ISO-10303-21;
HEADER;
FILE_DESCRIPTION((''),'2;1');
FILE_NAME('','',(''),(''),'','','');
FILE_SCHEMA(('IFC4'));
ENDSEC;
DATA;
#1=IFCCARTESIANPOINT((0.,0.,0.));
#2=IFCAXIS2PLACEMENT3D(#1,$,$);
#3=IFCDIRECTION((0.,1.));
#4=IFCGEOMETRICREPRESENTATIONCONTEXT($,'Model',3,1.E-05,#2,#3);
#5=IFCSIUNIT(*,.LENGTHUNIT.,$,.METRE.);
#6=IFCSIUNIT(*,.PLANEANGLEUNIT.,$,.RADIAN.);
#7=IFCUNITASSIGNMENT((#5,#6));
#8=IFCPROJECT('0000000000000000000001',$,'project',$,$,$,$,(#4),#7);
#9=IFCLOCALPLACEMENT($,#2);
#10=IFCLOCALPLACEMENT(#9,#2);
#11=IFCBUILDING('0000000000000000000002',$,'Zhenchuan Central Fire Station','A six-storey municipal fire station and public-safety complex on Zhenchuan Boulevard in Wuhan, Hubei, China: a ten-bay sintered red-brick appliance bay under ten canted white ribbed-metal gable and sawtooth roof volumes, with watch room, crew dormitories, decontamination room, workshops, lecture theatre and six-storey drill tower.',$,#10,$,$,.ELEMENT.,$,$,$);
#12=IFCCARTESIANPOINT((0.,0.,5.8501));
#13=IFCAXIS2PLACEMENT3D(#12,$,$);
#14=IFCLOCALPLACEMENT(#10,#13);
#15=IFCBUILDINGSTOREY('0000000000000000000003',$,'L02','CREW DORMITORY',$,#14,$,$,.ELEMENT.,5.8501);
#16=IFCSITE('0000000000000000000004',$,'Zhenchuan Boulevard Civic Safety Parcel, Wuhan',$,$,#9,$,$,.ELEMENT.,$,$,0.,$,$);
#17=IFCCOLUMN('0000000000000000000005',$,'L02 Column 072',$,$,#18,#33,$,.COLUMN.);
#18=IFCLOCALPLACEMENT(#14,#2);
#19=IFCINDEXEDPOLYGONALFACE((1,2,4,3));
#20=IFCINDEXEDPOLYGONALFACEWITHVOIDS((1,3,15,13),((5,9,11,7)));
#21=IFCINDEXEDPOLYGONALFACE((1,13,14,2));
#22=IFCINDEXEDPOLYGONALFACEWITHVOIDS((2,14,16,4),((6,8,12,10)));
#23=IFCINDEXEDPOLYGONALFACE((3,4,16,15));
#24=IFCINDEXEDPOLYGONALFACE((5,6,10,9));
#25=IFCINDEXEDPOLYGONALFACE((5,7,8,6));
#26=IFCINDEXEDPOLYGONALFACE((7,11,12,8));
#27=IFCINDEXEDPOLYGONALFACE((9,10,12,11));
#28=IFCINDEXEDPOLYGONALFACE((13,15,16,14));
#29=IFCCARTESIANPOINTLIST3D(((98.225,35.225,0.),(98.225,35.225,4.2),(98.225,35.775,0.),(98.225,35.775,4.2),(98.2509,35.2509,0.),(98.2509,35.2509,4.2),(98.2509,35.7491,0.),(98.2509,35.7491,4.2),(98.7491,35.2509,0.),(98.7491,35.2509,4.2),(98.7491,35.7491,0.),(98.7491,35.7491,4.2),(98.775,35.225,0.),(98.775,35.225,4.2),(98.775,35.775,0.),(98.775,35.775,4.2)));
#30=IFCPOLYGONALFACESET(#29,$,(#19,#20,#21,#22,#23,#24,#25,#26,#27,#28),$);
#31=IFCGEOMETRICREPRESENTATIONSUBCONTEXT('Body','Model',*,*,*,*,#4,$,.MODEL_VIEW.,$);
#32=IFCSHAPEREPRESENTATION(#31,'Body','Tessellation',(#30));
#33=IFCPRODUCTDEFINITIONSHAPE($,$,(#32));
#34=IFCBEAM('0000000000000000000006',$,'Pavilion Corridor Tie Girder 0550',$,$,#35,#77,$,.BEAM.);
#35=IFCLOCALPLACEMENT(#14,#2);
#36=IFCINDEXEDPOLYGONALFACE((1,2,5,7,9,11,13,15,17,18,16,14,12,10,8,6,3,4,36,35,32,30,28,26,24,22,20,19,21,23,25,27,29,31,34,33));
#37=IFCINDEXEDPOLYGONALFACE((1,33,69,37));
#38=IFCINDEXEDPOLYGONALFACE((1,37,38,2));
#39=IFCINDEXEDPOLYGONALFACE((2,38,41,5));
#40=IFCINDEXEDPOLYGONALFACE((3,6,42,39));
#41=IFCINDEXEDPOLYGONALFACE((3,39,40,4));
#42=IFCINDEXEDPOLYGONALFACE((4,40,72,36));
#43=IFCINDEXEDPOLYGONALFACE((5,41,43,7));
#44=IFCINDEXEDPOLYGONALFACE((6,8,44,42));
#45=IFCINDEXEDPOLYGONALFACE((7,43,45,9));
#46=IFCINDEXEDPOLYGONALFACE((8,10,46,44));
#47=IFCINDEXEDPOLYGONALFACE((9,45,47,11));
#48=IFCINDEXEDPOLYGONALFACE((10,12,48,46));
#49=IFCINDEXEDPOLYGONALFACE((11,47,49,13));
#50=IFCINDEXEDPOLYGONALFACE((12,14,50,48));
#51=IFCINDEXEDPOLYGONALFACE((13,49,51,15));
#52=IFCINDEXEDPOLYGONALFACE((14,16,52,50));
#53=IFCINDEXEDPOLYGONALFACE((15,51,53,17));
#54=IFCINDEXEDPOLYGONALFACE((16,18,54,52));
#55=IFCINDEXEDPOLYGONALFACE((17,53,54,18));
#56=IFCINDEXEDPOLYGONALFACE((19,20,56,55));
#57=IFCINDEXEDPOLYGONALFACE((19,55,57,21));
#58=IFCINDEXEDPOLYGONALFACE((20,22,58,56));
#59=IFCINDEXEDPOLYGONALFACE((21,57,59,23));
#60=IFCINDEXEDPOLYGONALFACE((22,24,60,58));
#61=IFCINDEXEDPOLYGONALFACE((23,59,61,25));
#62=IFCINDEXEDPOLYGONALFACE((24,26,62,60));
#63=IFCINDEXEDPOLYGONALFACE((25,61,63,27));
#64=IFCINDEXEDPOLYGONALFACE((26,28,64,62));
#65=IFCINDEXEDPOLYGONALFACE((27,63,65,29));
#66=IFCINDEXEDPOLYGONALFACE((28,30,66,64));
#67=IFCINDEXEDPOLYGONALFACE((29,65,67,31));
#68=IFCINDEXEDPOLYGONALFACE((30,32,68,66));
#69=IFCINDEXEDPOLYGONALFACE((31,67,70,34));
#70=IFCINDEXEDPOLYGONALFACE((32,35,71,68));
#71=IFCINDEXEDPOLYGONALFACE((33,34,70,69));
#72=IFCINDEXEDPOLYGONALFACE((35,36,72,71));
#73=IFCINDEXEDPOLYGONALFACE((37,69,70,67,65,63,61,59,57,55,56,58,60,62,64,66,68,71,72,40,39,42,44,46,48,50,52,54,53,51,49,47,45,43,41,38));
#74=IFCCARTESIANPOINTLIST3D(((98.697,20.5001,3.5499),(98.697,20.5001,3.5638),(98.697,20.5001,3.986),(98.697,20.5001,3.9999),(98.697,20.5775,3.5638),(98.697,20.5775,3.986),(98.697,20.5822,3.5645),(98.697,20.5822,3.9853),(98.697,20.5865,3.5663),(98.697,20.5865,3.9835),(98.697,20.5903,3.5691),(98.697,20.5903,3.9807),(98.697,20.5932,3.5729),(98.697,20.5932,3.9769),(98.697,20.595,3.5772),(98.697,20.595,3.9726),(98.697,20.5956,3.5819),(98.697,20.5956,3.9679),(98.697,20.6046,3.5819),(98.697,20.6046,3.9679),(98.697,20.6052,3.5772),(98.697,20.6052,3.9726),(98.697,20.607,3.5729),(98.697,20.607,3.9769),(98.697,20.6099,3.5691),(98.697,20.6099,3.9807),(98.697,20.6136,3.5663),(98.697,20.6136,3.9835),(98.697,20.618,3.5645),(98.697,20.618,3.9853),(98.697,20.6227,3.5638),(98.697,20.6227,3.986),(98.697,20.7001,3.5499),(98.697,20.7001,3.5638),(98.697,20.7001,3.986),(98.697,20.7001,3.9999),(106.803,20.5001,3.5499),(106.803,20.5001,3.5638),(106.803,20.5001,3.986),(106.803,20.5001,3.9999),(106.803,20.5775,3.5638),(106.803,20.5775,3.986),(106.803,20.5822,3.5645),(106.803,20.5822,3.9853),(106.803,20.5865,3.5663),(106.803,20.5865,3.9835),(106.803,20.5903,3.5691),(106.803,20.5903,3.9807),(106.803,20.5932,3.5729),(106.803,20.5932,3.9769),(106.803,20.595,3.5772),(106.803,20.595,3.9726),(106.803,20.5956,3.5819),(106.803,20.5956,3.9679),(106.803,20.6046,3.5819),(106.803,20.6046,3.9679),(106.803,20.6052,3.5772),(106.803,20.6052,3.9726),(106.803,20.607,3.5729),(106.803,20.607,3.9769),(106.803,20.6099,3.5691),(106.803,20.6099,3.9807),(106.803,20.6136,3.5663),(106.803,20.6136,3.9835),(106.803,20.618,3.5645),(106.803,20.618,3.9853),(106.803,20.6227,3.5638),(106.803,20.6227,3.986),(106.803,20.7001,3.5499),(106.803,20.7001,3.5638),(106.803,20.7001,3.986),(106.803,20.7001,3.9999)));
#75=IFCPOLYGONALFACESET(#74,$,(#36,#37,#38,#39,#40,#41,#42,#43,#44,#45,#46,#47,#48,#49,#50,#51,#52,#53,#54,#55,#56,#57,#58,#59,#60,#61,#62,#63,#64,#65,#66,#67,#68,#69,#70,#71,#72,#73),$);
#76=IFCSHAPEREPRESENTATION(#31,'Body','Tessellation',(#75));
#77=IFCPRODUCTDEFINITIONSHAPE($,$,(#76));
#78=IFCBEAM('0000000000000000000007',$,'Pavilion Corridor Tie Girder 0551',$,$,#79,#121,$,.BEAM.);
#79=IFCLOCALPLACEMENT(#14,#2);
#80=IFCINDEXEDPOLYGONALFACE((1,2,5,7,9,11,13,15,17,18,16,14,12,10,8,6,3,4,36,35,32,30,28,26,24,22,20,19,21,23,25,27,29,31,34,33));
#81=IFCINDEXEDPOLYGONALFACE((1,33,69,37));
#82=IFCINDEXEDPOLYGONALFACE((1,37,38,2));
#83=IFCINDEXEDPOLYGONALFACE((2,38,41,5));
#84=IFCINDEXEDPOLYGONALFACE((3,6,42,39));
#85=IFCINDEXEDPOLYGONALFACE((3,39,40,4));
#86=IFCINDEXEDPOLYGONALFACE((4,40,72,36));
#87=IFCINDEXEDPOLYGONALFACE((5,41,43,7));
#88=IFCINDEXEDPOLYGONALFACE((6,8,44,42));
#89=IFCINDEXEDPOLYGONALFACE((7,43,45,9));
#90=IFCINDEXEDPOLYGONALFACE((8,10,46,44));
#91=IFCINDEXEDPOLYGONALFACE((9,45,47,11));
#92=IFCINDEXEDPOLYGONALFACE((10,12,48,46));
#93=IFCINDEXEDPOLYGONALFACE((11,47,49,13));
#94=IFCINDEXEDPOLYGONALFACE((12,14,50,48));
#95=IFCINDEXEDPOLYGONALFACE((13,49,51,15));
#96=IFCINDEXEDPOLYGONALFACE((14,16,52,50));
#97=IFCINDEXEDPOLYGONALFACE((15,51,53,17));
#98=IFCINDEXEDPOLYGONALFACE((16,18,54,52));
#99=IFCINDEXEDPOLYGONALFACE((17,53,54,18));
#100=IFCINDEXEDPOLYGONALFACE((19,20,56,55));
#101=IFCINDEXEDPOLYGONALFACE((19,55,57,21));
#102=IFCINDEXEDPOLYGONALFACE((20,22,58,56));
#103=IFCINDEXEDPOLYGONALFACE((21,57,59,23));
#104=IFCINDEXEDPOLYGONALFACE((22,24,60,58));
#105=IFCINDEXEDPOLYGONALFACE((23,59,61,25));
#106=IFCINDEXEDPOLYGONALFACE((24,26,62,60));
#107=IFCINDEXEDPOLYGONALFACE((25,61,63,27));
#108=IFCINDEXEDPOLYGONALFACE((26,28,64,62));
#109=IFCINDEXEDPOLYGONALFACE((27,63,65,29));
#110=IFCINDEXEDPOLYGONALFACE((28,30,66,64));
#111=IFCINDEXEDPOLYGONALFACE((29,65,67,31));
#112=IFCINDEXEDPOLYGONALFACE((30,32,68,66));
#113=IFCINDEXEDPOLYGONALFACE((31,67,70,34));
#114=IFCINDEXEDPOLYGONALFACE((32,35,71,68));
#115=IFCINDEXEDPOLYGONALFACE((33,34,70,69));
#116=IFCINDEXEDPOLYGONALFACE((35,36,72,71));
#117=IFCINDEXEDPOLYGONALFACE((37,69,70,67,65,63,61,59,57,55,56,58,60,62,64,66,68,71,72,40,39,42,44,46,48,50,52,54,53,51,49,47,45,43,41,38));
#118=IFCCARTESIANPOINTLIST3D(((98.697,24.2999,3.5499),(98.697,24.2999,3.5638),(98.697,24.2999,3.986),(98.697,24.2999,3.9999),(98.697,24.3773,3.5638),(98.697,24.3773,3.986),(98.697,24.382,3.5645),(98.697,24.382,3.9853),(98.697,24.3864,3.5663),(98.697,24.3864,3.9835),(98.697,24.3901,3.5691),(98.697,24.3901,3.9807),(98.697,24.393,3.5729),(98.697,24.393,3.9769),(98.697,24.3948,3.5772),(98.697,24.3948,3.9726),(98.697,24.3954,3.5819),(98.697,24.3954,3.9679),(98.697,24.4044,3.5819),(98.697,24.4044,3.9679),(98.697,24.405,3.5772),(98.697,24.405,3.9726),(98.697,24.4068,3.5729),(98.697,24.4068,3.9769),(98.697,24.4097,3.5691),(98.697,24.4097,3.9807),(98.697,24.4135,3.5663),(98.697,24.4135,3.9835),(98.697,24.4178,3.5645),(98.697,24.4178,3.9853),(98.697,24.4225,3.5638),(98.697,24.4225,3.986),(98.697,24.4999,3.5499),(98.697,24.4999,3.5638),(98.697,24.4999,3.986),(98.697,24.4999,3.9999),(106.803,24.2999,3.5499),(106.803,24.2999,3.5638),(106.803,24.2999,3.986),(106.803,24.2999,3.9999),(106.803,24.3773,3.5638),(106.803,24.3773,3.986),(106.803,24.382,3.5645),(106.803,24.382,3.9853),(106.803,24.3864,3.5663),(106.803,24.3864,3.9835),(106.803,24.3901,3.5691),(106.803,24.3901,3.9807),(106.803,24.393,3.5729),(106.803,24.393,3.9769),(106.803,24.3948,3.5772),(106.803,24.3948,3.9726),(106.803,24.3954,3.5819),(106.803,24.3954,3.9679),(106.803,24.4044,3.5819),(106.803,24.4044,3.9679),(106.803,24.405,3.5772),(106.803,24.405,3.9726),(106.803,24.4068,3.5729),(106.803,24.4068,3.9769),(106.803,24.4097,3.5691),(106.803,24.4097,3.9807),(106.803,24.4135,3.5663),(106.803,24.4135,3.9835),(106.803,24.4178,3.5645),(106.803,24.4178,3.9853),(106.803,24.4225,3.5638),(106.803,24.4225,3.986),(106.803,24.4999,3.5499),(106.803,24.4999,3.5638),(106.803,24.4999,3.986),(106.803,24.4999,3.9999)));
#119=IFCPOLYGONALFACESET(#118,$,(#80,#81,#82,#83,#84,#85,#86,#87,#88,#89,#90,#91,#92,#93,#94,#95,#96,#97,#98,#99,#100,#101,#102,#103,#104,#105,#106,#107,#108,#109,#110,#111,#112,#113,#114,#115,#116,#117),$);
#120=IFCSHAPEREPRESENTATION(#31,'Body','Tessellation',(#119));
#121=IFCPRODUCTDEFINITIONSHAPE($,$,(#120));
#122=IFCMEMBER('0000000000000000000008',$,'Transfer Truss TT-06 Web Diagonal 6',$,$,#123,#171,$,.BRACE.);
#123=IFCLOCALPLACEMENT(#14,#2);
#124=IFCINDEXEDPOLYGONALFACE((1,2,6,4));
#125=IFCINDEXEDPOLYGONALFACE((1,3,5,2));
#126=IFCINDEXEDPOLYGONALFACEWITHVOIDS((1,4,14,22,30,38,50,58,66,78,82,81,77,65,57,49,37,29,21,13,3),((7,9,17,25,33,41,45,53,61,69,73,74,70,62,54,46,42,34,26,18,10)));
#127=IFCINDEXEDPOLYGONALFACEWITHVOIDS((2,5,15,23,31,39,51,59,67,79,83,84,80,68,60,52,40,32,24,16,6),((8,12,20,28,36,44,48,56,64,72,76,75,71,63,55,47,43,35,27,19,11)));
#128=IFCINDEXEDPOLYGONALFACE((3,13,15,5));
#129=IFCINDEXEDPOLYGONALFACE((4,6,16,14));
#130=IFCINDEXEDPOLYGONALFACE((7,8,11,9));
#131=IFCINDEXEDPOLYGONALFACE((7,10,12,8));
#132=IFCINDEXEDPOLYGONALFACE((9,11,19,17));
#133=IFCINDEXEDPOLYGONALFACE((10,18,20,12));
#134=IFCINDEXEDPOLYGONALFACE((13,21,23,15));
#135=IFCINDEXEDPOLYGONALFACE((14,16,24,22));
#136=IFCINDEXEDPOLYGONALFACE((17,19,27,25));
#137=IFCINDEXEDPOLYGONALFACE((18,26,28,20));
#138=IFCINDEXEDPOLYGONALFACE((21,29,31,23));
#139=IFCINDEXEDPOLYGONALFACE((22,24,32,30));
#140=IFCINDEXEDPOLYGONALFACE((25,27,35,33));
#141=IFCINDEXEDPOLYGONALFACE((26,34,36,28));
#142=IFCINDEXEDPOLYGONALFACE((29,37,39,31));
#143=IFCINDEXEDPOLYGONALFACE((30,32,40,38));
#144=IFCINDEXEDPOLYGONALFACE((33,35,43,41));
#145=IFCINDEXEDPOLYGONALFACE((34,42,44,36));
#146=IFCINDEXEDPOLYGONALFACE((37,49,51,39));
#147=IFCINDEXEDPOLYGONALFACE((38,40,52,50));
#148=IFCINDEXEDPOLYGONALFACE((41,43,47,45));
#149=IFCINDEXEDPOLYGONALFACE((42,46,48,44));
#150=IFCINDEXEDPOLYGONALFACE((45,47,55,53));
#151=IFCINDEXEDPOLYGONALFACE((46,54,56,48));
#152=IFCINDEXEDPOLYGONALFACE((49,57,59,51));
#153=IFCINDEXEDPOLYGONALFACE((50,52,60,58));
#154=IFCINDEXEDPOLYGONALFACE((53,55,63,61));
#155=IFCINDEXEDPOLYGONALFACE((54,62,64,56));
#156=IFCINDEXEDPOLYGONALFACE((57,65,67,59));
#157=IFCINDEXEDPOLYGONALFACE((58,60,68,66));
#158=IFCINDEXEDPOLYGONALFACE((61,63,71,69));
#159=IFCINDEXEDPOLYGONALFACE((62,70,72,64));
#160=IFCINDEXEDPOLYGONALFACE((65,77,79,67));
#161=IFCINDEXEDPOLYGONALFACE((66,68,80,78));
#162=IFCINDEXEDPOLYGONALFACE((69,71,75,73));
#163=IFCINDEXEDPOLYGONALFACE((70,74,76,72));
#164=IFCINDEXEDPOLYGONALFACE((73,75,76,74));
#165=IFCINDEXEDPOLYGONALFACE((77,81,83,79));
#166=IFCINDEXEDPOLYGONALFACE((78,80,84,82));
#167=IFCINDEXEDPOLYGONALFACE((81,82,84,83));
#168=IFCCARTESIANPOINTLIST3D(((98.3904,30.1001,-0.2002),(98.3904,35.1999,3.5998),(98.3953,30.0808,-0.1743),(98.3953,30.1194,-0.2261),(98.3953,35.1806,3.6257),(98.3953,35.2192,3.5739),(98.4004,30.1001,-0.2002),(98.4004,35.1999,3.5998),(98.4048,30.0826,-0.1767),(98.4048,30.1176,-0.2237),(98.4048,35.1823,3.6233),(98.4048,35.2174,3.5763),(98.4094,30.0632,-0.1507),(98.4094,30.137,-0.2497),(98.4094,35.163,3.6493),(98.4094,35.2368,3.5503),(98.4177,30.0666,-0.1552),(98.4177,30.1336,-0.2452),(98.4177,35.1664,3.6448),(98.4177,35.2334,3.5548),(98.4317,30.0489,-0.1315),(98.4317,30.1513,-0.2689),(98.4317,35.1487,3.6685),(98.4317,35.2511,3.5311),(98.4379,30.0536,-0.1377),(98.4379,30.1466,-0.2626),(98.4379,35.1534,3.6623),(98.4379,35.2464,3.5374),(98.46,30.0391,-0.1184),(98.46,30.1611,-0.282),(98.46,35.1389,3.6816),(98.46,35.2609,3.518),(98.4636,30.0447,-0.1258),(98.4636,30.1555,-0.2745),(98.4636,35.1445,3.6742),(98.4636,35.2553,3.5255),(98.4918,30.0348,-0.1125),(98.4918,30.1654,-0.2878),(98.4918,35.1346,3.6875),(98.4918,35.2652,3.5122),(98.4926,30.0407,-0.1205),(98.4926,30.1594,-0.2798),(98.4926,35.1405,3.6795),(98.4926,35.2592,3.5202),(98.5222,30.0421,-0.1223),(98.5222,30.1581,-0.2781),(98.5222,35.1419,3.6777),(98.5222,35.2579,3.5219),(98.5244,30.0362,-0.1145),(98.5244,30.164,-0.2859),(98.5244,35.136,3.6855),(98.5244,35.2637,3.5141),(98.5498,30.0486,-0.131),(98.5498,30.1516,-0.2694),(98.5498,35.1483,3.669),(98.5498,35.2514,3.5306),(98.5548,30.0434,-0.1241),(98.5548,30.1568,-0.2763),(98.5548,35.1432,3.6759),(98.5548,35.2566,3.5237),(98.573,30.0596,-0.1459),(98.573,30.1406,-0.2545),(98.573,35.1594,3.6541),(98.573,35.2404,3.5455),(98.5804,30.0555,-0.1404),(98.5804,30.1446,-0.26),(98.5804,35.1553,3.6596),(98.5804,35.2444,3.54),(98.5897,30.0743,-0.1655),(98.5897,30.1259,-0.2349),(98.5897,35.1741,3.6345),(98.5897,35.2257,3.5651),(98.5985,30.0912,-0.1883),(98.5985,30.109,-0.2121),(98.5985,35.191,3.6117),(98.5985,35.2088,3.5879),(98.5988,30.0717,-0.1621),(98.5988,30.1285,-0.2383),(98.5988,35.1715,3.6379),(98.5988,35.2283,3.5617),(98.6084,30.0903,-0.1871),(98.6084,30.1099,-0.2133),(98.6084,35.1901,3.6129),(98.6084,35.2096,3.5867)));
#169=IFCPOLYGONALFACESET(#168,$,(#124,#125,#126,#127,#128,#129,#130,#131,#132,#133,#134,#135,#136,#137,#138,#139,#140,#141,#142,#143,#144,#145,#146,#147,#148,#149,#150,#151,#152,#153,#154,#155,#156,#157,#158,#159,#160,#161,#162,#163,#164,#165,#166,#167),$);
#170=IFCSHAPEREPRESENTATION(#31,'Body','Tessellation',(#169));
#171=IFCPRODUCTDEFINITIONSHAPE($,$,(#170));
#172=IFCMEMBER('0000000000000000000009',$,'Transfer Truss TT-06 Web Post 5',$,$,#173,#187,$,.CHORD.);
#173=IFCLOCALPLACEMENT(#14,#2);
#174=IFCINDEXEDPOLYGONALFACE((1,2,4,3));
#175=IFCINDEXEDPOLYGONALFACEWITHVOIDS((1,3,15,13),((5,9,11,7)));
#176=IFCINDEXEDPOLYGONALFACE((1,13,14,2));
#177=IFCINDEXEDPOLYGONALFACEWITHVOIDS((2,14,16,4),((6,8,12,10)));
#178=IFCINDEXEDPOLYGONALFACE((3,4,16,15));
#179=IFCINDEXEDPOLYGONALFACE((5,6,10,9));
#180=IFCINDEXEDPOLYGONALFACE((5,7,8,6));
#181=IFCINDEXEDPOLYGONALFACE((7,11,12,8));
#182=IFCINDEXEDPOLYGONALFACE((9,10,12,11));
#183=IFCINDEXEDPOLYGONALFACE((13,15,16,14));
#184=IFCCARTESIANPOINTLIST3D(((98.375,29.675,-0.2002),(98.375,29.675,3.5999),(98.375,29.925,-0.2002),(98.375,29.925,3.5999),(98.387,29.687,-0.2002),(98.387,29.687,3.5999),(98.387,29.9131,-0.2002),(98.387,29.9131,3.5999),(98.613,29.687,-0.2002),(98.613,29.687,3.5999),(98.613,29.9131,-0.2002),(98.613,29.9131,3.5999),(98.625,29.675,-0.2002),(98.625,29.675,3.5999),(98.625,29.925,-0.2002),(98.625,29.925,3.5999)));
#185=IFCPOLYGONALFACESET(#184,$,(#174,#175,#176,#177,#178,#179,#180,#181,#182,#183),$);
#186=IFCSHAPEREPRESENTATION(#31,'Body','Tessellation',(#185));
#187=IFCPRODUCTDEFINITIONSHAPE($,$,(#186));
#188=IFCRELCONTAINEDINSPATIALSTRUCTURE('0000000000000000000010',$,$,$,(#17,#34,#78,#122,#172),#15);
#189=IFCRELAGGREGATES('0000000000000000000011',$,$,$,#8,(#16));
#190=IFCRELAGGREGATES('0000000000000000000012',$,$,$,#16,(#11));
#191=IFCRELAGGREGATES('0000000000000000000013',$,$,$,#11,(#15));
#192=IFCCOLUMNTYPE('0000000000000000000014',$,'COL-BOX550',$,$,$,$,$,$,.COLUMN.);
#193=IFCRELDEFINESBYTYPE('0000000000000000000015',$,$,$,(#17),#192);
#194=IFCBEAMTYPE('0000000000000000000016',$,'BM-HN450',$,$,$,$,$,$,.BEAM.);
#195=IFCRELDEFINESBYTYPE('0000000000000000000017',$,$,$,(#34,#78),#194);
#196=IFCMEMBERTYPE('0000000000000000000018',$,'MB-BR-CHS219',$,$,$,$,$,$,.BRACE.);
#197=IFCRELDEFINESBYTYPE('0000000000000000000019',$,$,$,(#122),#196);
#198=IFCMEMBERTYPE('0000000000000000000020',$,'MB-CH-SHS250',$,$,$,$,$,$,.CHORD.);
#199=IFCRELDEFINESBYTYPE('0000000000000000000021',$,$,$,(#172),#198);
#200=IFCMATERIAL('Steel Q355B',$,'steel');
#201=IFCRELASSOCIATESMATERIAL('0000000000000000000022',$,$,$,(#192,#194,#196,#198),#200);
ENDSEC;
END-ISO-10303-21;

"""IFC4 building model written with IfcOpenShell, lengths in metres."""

from ifc_helpers import new_model, si_unit, direction, frame, origin, origin_2d, place, context, subcontext, project, spatial, hollow_rectangle, hollow_circle, i_section, extrude, material, material_profile, profile_set, type_object, element, save


model = new_model("IFC4")

# Units and contexts
model_context = context("Model", 3, precision=1e-05, world=origin(), true_north=direction((0.0, 1.0)))
body_context = subcontext(model_context, "Body", "Model", "MODEL_VIEW")
ifc_project = project(units=[si_unit("LENGTHUNIT", "METRE"), si_unit("PLANEANGLEUNIT", "RADIAN")], contexts=[model_context])

# Site, building, storey
site_placement = place(None, origin())
site = spatial("IfcSite", under=ifc_project, at=site_placement, Name="Zhenchuan Boulevard Civic Safety Parcel, Wuhan", CompositionType="ELEMENT", RefElevation=0.0)
building_placement = place(site_placement, origin())
building = spatial("IfcBuilding", under=site, at=building_placement, Name="Zhenchuan Central Fire Station", Description="A six-storey municipal fire station and public-safety complex on Zhenchuan Boulevard in Wuhan, Hubei, China: a ten-bay sintered red-brick appliance bay under ten canted white ribbed-metal gable and sawtooth roof volumes, with watch room, crew dormitories, decontamination room, workshops, lecture theatre and six-storey drill tower.", CompositionType="ELEMENT")
storey_placement = place(building_placement, frame((0.0, 0.0, 5.8501)))
storey = spatial("IfcBuildingStorey", under=building, at=storey_placement, Name="L02", Description="CREW DORMITORY", CompositionType="ELEMENT", Elevation=5.8501)

# Column
ifc_material_1 = material(Name="Steel Q355B", Category="steel")
ifc_material_profile_1 = material_profile(ifc_material_1, hollow_rectangle(XDim=0.55, YDim=0.55, WallThickness=0.0259, at=origin_2d()), Name="BOX 550x550x26")
ifc_profile_set_1 = profile_set([ifc_material_profile_1], Name="Steel Q355B")
column_type = type_object("IfcColumnType", Name="COL-BOX550", PredefinedType="COLUMN", material=ifc_profile_set_1)
column_placement = place(storey_placement, frame((98.5, 35.5, 0.0), z_axis=(0.0, 0.0, 1.0), x_axis=(1.0, 0.0, 0.0)))
element("IfcColumn", 1, at=column_placement, inside=storey, type_object=column_type, Name="L02 Column 072", PredefinedType="COLUMN", context=body_context, shape_type="SweptSolid", body=[
    extrude(hollow_rectangle(XDim=0.55, YDim=0.55, WallThickness=0.0259, at=origin_2d()), origin(), (0.0, 0.0, 1.0), 4.2),
])

# Beams
ifc_material_profile_2 = material_profile(ifc_material_1, i_section(OverallWidth=0.2, OverallDepth=0.45, WebThickness=0.009, FlangeThickness=0.0139, FilletRadius=0.0181, at=origin_2d()), Name="HN 450x200")
ifc_profile_set_2 = profile_set([ifc_material_profile_2], Name="Steel Q355B")
beam_type = type_object("IfcBeamType", Name="BM-HN450", PredefinedType="BEAM", material=ifc_profile_set_2)
for number, where, z_axis, x_axis, name in (
    (2, (98.697, 20.6001, 3.7749), (1.0, 0.0, 0.0), (0.0, 1.0, 0.0), "Pavilion Corridor Tie Girder 0550"),
    (3, (98.697, 24.3999, 3.7749), (1.0, 0.0, 0.0), (0.0, 1.0, 0.0), "Pavilion Corridor Tie Girder 0551"),
):
    element("IfcBeam", number, at=place(storey_placement, frame(where, z_axis=z_axis, x_axis=x_axis)), inside=storey, type_object=beam_type, Name=name, PredefinedType="BEAM", context=body_context, shape_type="SweptSolid", body=[
        extrude(i_section(OverallWidth=0.2, OverallDepth=0.45, WebThickness=0.009, FlangeThickness=0.0139, FilletRadius=0.0181, at=origin_2d()), origin(), (0.0, 0.0, 1.0), 8.106),
    ])

# Members
ifc_material_profile_3 = material_profile(ifc_material_1, hollow_circle(Radius=0.1096, WallThickness=0.01, at=origin_2d()), Name="CHS 219.1x10")
ifc_profile_set_3 = profile_set([ifc_material_profile_3], Name="Steel Q355B")
member_type_1 = type_object("IfcMemberType", Name="MB-BR-CHS219", PredefinedType="BRACE", material=ifc_profile_set_3)
member_placement = place(storey_placement, frame((98.5, 30.1001, -0.2002), z_axis=(0.0, 0.801871, 0.597497), x_axis=(-1.0, 0.0, 0.0)))
element("IfcMember", 4, at=member_placement, inside=storey, type_object=member_type_1, Name="Transfer Truss TT-06 Web Diagonal 6", PredefinedType="BRACE", context=body_context, shape_type="SweptSolid", body=[
    extrude(hollow_circle(Radius=0.1096, WallThickness=0.01, at=origin_2d()), origin(), (0.0, 0.0, 1.0), 6.3599),
])
ifc_material_profile_4 = material_profile(ifc_material_1, hollow_rectangle(XDim=0.25, YDim=0.25, WallThickness=0.012, at=origin_2d()), Name="SHS 250x250x12")
ifc_profile_set_4 = profile_set([ifc_material_profile_4], Name="Steel Q355B")
member_type_2 = type_object("IfcMemberType", Name="MB-CH-SHS250", PredefinedType="CHORD", material=ifc_profile_set_4)
for number, where, z_axis, x_axis, name in (
    (5, (98.5, 29.8, -0.2002), (0.0, 0.0, 1.0), (1.0, 0.0, 0.0), "Transfer Truss TT-06 Web Post 5"),
):
    element("IfcMember", number, at=place(storey_placement, frame(where, z_axis=z_axis, x_axis=x_axis)), inside=storey, type_object=member_type_2, Name=name, PredefinedType="CHORD", context=body_context, shape_type="SweptSolid", body=[
        extrude(hollow_rectangle(XDim=0.25, YDim=0.25, WallThickness=0.012, at=origin_2d()), origin(), (0.0, 0.0, 1.0), 3.8),
    ])

save(model, "model.ifc")
